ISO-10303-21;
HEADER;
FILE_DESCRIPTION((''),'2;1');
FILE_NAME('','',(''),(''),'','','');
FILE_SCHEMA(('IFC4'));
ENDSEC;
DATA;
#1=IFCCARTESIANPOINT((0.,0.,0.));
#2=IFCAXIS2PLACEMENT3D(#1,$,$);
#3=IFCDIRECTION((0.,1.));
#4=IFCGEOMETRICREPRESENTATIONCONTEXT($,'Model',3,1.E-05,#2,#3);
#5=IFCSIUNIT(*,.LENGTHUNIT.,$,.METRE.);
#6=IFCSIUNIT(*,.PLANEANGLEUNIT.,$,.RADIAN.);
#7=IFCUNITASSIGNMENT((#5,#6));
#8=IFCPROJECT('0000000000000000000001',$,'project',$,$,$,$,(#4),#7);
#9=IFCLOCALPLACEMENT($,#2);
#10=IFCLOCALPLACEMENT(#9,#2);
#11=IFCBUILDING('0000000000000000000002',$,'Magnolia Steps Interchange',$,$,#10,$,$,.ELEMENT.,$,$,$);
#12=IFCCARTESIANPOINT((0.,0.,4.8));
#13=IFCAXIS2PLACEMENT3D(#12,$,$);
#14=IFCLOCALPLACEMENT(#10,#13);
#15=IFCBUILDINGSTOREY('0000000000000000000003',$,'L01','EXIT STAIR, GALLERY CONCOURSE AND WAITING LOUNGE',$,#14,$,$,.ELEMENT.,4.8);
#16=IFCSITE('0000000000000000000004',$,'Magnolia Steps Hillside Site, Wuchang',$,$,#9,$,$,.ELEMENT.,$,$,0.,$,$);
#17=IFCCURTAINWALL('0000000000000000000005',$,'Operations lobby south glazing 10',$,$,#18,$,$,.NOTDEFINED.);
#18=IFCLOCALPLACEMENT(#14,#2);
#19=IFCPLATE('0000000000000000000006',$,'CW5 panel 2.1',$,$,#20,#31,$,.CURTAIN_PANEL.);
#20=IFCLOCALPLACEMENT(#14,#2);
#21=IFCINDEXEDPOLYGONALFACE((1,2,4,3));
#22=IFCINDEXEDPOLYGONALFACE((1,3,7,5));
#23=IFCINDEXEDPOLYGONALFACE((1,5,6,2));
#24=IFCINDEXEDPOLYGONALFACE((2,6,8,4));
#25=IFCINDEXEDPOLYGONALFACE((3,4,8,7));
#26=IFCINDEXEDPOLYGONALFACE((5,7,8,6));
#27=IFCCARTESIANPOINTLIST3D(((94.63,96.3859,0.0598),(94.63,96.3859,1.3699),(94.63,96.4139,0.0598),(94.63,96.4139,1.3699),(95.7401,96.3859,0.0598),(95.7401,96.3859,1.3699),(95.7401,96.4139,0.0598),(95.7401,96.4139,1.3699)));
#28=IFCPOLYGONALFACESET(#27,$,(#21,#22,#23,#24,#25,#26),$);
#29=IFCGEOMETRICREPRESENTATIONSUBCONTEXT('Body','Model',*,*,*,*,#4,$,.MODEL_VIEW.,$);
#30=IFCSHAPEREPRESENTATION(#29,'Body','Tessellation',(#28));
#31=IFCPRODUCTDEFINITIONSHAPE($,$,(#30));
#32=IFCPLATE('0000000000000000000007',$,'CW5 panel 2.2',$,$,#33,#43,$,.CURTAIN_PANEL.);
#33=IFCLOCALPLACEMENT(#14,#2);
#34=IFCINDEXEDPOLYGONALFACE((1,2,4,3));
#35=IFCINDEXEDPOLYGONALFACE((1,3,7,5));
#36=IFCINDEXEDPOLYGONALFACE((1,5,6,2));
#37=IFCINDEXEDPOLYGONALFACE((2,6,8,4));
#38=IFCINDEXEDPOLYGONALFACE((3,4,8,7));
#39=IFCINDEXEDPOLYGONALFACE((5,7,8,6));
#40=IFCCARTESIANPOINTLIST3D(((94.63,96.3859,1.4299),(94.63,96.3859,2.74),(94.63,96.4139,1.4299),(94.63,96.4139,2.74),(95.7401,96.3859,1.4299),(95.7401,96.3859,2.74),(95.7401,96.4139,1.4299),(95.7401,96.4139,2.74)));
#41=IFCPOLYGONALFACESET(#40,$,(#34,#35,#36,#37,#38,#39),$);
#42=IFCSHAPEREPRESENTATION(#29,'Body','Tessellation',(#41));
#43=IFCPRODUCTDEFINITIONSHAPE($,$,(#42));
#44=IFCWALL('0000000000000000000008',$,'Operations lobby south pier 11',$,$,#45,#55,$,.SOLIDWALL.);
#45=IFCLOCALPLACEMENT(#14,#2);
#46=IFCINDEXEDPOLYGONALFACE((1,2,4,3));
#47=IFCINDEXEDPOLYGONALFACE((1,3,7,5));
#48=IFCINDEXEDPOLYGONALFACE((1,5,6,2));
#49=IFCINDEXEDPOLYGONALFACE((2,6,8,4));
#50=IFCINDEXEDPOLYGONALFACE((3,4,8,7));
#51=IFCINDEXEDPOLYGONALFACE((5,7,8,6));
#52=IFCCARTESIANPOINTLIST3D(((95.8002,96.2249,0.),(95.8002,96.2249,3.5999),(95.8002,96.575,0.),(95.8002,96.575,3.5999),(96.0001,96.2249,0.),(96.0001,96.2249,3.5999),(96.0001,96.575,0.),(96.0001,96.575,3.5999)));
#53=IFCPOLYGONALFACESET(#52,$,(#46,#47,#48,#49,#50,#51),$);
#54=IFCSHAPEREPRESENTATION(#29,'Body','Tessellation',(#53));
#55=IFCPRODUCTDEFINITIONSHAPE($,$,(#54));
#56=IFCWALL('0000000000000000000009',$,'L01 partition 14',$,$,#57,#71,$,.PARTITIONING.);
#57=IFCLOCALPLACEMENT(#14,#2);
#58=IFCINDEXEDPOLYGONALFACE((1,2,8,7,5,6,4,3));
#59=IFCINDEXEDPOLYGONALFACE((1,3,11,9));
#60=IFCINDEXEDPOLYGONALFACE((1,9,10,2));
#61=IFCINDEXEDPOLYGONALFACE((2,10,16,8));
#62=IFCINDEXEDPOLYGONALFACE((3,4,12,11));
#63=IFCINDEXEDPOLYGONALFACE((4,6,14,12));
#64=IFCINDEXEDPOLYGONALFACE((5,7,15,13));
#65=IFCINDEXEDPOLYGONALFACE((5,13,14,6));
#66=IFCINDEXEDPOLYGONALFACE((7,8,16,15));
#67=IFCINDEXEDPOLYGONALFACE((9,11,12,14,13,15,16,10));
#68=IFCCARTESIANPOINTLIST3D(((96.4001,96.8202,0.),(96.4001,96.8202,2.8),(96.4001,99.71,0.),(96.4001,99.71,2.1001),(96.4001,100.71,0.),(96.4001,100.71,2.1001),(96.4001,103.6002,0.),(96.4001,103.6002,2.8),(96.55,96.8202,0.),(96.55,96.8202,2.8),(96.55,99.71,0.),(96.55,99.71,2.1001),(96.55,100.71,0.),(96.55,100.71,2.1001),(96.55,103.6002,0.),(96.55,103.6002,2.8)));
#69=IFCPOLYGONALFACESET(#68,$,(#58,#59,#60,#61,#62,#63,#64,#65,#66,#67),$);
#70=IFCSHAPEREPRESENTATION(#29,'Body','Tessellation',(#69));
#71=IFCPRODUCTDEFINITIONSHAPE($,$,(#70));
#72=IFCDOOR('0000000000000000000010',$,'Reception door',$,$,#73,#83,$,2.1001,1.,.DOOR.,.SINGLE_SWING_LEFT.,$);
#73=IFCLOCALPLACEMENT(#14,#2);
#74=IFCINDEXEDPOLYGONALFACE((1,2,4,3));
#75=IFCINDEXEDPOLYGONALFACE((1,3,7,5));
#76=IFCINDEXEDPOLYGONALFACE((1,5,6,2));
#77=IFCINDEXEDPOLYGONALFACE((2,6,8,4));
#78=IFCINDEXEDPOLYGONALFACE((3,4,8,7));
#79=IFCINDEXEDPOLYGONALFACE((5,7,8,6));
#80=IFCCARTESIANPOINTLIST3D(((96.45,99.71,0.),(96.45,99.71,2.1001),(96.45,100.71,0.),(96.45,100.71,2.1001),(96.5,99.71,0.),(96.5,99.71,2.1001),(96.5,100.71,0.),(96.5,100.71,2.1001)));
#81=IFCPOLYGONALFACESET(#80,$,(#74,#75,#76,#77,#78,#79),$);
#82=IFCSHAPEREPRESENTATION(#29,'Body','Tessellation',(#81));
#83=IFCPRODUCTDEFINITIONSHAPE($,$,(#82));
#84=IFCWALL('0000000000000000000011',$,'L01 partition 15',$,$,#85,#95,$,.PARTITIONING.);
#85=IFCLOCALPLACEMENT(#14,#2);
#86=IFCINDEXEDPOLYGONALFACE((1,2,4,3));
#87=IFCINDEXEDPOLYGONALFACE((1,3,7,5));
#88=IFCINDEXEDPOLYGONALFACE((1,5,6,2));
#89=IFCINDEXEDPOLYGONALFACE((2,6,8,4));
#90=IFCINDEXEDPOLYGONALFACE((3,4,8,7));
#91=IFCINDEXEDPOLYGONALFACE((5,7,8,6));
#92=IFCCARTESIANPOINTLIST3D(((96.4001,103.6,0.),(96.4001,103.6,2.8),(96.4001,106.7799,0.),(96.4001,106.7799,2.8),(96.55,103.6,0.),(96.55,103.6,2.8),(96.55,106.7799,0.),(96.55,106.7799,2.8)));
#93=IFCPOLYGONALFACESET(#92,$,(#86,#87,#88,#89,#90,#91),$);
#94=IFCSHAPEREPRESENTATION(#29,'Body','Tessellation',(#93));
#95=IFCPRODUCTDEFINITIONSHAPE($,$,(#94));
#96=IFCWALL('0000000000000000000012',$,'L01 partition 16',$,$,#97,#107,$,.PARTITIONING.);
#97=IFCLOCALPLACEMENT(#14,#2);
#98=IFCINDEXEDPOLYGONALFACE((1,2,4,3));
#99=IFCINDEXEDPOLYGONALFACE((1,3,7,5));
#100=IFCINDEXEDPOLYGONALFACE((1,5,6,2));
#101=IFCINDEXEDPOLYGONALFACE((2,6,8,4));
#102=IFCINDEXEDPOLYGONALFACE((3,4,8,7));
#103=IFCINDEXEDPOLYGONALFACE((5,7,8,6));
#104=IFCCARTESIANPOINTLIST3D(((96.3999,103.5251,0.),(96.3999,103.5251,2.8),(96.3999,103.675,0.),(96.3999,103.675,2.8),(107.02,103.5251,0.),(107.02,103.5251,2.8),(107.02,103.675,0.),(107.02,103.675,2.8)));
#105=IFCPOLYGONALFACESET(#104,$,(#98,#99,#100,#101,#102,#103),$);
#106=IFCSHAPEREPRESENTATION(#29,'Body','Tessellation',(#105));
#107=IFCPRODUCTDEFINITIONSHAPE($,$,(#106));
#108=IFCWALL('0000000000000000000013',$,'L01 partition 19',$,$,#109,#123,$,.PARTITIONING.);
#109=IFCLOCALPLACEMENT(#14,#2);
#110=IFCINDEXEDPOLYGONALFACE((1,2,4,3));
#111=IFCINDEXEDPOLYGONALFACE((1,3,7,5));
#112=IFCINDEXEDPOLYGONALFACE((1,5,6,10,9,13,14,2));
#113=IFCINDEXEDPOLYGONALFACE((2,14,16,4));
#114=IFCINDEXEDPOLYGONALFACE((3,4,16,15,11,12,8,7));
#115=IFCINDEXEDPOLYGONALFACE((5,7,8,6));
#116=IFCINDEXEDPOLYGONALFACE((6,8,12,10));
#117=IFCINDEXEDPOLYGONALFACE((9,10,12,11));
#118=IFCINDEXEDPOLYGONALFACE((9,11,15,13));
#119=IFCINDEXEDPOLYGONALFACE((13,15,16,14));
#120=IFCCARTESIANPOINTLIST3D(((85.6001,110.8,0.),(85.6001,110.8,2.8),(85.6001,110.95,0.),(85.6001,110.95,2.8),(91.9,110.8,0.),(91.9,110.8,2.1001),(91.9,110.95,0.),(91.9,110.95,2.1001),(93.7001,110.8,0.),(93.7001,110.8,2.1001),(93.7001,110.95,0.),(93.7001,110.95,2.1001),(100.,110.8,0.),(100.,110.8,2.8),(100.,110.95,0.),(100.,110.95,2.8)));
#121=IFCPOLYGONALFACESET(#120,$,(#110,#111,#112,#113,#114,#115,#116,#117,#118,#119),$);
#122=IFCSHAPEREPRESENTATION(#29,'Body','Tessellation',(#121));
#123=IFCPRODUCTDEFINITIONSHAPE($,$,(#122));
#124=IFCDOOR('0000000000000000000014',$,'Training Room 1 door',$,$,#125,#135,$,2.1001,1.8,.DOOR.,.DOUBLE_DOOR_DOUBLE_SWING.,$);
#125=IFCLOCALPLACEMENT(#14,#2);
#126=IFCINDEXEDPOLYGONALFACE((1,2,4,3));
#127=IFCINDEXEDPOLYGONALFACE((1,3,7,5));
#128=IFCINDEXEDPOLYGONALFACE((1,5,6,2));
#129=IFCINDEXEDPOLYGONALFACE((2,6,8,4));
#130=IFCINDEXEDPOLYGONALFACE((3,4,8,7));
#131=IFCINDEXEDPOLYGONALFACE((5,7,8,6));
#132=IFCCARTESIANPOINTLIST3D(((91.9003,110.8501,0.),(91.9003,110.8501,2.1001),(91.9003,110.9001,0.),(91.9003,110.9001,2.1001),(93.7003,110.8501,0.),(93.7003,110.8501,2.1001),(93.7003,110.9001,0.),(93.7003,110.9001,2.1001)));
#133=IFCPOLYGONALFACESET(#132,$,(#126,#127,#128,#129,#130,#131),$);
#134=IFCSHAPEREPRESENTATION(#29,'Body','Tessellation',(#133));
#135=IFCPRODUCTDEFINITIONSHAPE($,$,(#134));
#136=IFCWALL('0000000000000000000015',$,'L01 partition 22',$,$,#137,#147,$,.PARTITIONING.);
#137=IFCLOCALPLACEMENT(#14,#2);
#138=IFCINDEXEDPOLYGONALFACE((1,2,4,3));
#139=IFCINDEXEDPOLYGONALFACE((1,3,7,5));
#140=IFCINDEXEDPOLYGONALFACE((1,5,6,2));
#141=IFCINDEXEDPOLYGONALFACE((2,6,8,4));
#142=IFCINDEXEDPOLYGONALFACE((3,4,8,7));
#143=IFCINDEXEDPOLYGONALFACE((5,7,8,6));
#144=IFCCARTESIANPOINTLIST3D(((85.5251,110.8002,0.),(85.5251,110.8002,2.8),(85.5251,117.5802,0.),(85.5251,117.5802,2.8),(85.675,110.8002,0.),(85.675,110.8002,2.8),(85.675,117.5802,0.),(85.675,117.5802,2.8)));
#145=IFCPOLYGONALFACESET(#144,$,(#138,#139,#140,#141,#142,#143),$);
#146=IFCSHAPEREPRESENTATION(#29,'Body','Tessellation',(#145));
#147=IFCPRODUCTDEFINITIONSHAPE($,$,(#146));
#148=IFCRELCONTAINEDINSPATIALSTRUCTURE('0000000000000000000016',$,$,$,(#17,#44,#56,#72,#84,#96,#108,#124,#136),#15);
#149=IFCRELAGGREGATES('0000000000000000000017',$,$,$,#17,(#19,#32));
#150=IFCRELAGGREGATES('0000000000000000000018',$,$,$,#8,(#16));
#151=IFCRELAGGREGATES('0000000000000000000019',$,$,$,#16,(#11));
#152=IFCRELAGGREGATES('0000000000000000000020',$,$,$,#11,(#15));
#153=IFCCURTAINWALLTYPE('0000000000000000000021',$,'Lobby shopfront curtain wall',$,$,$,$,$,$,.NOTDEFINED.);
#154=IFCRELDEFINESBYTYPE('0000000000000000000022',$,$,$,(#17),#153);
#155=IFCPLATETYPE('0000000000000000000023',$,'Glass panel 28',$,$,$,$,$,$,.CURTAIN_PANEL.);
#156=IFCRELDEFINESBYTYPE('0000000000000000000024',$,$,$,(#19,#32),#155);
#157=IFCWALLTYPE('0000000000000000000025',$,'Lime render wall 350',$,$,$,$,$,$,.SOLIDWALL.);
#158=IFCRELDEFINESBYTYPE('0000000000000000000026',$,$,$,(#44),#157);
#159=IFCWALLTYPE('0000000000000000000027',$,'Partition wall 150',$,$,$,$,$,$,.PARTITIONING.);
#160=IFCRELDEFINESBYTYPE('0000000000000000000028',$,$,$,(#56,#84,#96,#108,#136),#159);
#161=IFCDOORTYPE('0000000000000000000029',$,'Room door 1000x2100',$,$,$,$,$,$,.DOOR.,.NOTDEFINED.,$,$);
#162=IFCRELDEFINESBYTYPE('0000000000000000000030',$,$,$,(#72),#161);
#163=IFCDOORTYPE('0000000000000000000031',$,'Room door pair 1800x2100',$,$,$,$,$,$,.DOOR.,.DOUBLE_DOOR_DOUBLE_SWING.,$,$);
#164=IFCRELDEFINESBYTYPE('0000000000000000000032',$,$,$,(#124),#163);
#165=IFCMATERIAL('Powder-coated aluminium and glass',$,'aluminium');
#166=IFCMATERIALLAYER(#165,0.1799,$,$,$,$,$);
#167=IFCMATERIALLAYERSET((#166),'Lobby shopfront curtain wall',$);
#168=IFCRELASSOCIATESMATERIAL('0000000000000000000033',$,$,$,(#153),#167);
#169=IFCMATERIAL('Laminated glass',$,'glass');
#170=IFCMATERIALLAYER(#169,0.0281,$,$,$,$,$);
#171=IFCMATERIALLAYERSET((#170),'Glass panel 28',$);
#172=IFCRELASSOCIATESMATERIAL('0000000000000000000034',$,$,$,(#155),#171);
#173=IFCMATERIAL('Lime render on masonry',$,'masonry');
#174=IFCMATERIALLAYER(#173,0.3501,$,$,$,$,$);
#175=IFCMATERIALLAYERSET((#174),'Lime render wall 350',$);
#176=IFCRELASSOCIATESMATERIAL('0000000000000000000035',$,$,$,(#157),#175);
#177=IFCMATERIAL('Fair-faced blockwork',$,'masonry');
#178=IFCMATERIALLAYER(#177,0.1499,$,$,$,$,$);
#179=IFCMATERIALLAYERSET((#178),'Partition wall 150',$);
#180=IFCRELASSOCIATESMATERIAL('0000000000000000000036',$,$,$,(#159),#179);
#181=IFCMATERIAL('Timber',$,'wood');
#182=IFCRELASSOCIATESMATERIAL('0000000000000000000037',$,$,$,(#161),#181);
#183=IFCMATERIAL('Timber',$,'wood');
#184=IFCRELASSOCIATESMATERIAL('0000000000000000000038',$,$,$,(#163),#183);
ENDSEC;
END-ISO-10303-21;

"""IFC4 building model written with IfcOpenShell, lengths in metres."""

from ifc_helpers import new_model, si_unit, direction, frame, frame_2d, origin, origin_2d, place, context, subcontext, project, spatial, rectangle, extrude, material, layer, layer_set, type_object, element, fill, aggregate, save


model = new_model("IFC4")

# Units and contexts
model_context = context("Model", 3, precision=1e-05, world=origin(), true_north=direction((0.0, 1.0)))
body_context = subcontext(model_context, "Body", "Model", "MODEL_VIEW")
ifc_project = project(units=[si_unit("LENGTHUNIT", "METRE"), si_unit("PLANEANGLEUNIT", "RADIAN")], contexts=[model_context])

# Site, building, storey
site_placement = place(None, origin())
site = spatial("IfcSite", under=ifc_project, at=site_placement, Name="Magnolia Steps Hillside Site, Wuchang", CompositionType="ELEMENT", RefElevation=0.0)
building_placement = place(site_placement, origin())
building = spatial("IfcBuilding", under=site, at=building_placement, Name="Magnolia Steps Interchange", CompositionType="ELEMENT")
storey_placement = place(building_placement, frame((0.0, 0.0, 4.8)))
storey = spatial("IfcBuildingStorey", under=building, at=storey_placement, Name="L01", Description="EXIT STAIR, GALLERY CONCOURSE AND WAITING LOUNGE", CompositionType="ELEMENT", Elevation=4.8)

# Curtain wall
ifc_material_1 = material(Name="Powder-coated aluminium and glass", Category="aluminium")
ifc_layer_1 = layer(ifc_material_1, 0.1799)
ifc_layer_set_1 = layer_set([ifc_layer_1], Name="Lobby shopfront curtain wall")
curtain_wall_type = type_object("IfcCurtainWallType", Name="Lobby shopfront curtain wall", PredefinedType="NOTDEFINED", material=ifc_layer_set_1)
curtain_wall_placement = place(storey_placement, origin())
curtain_wall = element("IfcCurtainWall", 1, at=curtain_wall_placement, inside=storey, type_object=curtain_wall_type, Name="Operations lobby south glazing 10", PredefinedType="NOTDEFINED")

# Plates
ifc_material_2 = material(Name="Laminated glass", Category="glass")
ifc_layer_2 = layer(ifc_material_2, 0.0281)
ifc_layer_set_2 = layer_set([ifc_layer_2], Name="Glass panel 28")
plate_type = type_object("IfcPlateType", Name="Glass panel 28", PredefinedType="CURTAIN_PANEL", material=ifc_layer_set_2)
plate_1_placement = place(storey_placement, frame((95.1851, 96.3999, 0.0598), z_axis=(0.0, 0.0, 1.0), x_axis=(1.0, 0.0, 0.0)))
plate_1 = element("IfcPlate", 2, at=plate_1_placement, type_object=plate_type, Name="CW5 panel 2.1", PredefinedType="CURTAIN_PANEL", context=body_context, shape_type="SweptSolid", body=[
    extrude(rectangle(XDim=1.1101, YDim=0.0281, at=origin_2d()), origin(), (0.0, 0.0, 1.0), 1.3101),
])
plate_2_placement = place(storey_placement, frame((95.1851, 96.3999, 1.4299), z_axis=(0.0, 0.0, 1.0), x_axis=(1.0, 0.0, 0.0)))
plate_2 = element("IfcPlate", 3, at=plate_2_placement, type_object=plate_type, Name="CW5 panel 2.2", PredefinedType="CURTAIN_PANEL", context=body_context, shape_type="SweptSolid", body=[
    extrude(rectangle(XDim=1.1101, YDim=0.0281, at=origin_2d()), origin(), (0.0, 0.0, 1.0), 1.3101),
])
aggregate(curtain_wall, [plate_1, plate_2])

# Wall
ifc_material_3 = material(Name="Lime render on masonry", Category="masonry")
ifc_layer_3 = layer(ifc_material_3, 0.3501)
ifc_layer_set_3 = layer_set([ifc_layer_3], Name="Lime render wall 350")
wall_type_1 = type_object("IfcWallType", Name="Lime render wall 350", PredefinedType="SOLIDWALL", material=ifc_layer_set_3)
wall_1_placement = place(storey_placement, frame((95.8, 96.3999, 0.0), z_axis=(0.0, 0.0, 1.0), x_axis=(1.0, 0.0, 0.0)))
element("IfcWall", 4, at=wall_1_placement, inside=storey, type_object=wall_type_1, Name="Operations lobby south pier 11", PredefinedType="SOLIDWALL", context=body_context, shape_type="SweptSolid", body=[
    extrude(rectangle(XDim=0.2, YDim=0.3501, at=frame_2d((0.1001, 0.0))), origin(), (0.0, 0.0, 1.0), 3.5999),
])

# Wall, opening, door
ifc_material_4 = material(Name="Fair-faced blockwork", Category="masonry")
ifc_layer_4 = layer(ifc_material_4, 0.1499)
ifc_layer_set_4 = layer_set([ifc_layer_4], Name="Partition wall 150")
wall_type_2 = type_object("IfcWallType", Name="Partition wall 150", PredefinedType="PARTITIONING", material=ifc_layer_set_4)
wall_2_placement = place(storey_placement, frame((96.4751, 96.8201, 0.0), z_axis=(0.0, 0.0, 1.0), x_axis=(0.0, 1.0, 0.0)))
wall_2 = element("IfcWall", 5, at=wall_2_placement, inside=storey, type_object=wall_type_2, Name="L01 partition 14", PredefinedType="PARTITIONING", context=body_context, shape_type="SweptSolid", body=[
    extrude(rectangle(XDim=6.78, YDim=0.1499, at=frame_2d((3.3901, 0.0))), origin(), (0.0, 0.0, 1.0), 2.8),
])
opening_1_placement = place(wall_2_placement, frame((2.8899, 0.0, 0.0)))
opening_1 = element("IfcOpeningElement", 6, at=opening_1_placement, cuts=wall_2, PredefinedType="OPENING", context=body_context, shape_type="SweptSolid", body=[
    extrude(rectangle(XDim=1.0, YDim=2.1001, at=frame_2d((0.5, 1.05))), frame((0.0, 0.085, 0.0), z_axis=(0.0, -1.0, 0.0), x_axis=(1.0, 0.0, 0.0)), (0.0, 0.0, 1.0), 0.1699),
])
ifc_material_5 = material(Name="Timber", Category="wood")
door_type_1 = type_object("IfcDoorType", Name="Room door 1000x2100", OperationType="NOTDEFINED", PredefinedType="DOOR", material=ifc_material_5)
door_1_placement = place(opening_1_placement, frame((1.0, 0.0, 0.0), z_axis=(0.0, 0.0, 1.0), x_axis=(-1.0, 0.0, 0.0)))
door_1 = element("IfcDoor", 7, at=door_1_placement, inside=storey, type_object=door_type_1, Name="Reception door", OperationType="SINGLE_SWING_LEFT", OverallHeight=2.1001, OverallWidth=1.0, PredefinedType="DOOR", context=body_context, shape_type="SweptSolid", body=[
    extrude(rectangle(XDim=1.0, YDim=2.1001, at=frame_2d((0.5, 1.05))), frame((0.0, 0.0249, 0.0), z_axis=(0.0, -1.0, 0.0), x_axis=(1.0, 0.0, 0.0)), (0.0, 0.0, 1.0), 0.05),
])
fill(opening_1, door_1)

# Walls
wall_3_placement = place(storey_placement, frame((96.4751, 103.6001, 0.0), z_axis=(0.0, 0.0, 1.0), x_axis=(0.0, 1.0, 0.0)))
element("IfcWall", 8, at=wall_3_placement, inside=storey, type_object=wall_type_2, Name="L01 partition 15", PredefinedType="PARTITIONING", context=body_context, shape_type="SweptSolid", body=[
    extrude(rectangle(XDim=3.1799, YDim=0.1499, at=frame_2d((1.5898, 0.0))), origin(), (0.0, 0.0, 1.0), 2.8),
])
wall_4_placement = place(storey_placement, frame((96.3999, 103.6001, 0.0), z_axis=(0.0, 0.0, 1.0), x_axis=(1.0, 0.0, 0.0)))
element("IfcWall", 9, at=wall_4_placement, inside=storey, type_object=wall_type_2, Name="L01 partition 16", PredefinedType="PARTITIONING", context=body_context, shape_type="SweptSolid", body=[
    extrude(rectangle(XDim=10.6201, YDim=0.1499, at=frame_2d((5.3101, 0.0))), origin(), (0.0, 0.0, 1.0), 2.8),
])

# Wall, opening, door
wall_5_placement = place(storey_placement, frame((85.6001, 110.875, 0.0), z_axis=(0.0, 0.0, 1.0), x_axis=(1.0, 0.0, 0.0)))
wall_5 = element("IfcWall", 10, at=wall_5_placement, inside=storey, type_object=wall_type_2, Name="L01 partition 19", PredefinedType="PARTITIONING", context=body_context, shape_type="SweptSolid", body=[
    extrude(rectangle(XDim=14.3999, YDim=0.1499, at=frame_2d((7.2, 0.0))), origin(), (0.0, 0.0, 1.0), 2.8),
])
opening_2_placement = place(wall_5_placement, frame((6.3, 0.0, 0.0)))
opening_2 = element("IfcOpeningElement", 11, at=opening_2_placement, cuts=wall_5, PredefinedType="OPENING", context=body_context, shape_type="SweptSolid", body=[
    extrude(rectangle(XDim=1.8, YDim=2.1001, at=frame_2d((0.8999, 1.05))), frame((0.0, 0.085, 0.0), z_axis=(0.0, -1.0, 0.0), x_axis=(1.0, 0.0, 0.0)), (0.0, 0.0, 1.0), 0.1699),
])
ifc_material_6 = material(Name="Timber", Category="wood")
door_type_2 = type_object("IfcDoorType", Name="Room door pair 1800x2100", OperationType="DOUBLE_DOOR_DOUBLE_SWING", PredefinedType="DOOR", material=ifc_material_6)
door_2_placement = place(opening_2_placement, frame((1.8, 0.0, 0.0), z_axis=(0.0, 0.0, 1.0), x_axis=(-1.0, 0.0, 0.0)))
door_2 = element("IfcDoor", 12, at=door_2_placement, inside=storey, type_object=door_type_2, Name="Training Room 1 door", OperationType="DOUBLE_DOOR_DOUBLE_SWING", OverallHeight=2.1001, OverallWidth=1.8, PredefinedType="DOOR", context=body_context, shape_type="SweptSolid", body=[
    extrude(rectangle(XDim=1.8, YDim=2.1001, at=frame_2d((0.8999, 1.05))), frame((0.0, 0.0249, 0.0), z_axis=(0.0, -1.0, 0.0), x_axis=(1.0, 0.0, 0.0)), (0.0, 0.0, 1.0), 0.05),
])
fill(opening_2, door_2)

# Wall
wall_6_placement = place(storey_placement, frame((85.6001, 110.8, 0.0), z_axis=(0.0, 0.0, 1.0), x_axis=(0.0, 1.0, 0.0)))
element("IfcWall", 13, at=wall_6_placement, inside=storey, type_object=wall_type_2, Name="L01 partition 22", PredefinedType="PARTITIONING", context=body_context, shape_type="SweptSolid", body=[
    extrude(rectangle(XDim=6.78, YDim=0.1499, at=frame_2d((3.3901, 0.0))), origin(), (0.0, 0.0, 1.0), 2.8),
])

save(model, "model.ifc")
